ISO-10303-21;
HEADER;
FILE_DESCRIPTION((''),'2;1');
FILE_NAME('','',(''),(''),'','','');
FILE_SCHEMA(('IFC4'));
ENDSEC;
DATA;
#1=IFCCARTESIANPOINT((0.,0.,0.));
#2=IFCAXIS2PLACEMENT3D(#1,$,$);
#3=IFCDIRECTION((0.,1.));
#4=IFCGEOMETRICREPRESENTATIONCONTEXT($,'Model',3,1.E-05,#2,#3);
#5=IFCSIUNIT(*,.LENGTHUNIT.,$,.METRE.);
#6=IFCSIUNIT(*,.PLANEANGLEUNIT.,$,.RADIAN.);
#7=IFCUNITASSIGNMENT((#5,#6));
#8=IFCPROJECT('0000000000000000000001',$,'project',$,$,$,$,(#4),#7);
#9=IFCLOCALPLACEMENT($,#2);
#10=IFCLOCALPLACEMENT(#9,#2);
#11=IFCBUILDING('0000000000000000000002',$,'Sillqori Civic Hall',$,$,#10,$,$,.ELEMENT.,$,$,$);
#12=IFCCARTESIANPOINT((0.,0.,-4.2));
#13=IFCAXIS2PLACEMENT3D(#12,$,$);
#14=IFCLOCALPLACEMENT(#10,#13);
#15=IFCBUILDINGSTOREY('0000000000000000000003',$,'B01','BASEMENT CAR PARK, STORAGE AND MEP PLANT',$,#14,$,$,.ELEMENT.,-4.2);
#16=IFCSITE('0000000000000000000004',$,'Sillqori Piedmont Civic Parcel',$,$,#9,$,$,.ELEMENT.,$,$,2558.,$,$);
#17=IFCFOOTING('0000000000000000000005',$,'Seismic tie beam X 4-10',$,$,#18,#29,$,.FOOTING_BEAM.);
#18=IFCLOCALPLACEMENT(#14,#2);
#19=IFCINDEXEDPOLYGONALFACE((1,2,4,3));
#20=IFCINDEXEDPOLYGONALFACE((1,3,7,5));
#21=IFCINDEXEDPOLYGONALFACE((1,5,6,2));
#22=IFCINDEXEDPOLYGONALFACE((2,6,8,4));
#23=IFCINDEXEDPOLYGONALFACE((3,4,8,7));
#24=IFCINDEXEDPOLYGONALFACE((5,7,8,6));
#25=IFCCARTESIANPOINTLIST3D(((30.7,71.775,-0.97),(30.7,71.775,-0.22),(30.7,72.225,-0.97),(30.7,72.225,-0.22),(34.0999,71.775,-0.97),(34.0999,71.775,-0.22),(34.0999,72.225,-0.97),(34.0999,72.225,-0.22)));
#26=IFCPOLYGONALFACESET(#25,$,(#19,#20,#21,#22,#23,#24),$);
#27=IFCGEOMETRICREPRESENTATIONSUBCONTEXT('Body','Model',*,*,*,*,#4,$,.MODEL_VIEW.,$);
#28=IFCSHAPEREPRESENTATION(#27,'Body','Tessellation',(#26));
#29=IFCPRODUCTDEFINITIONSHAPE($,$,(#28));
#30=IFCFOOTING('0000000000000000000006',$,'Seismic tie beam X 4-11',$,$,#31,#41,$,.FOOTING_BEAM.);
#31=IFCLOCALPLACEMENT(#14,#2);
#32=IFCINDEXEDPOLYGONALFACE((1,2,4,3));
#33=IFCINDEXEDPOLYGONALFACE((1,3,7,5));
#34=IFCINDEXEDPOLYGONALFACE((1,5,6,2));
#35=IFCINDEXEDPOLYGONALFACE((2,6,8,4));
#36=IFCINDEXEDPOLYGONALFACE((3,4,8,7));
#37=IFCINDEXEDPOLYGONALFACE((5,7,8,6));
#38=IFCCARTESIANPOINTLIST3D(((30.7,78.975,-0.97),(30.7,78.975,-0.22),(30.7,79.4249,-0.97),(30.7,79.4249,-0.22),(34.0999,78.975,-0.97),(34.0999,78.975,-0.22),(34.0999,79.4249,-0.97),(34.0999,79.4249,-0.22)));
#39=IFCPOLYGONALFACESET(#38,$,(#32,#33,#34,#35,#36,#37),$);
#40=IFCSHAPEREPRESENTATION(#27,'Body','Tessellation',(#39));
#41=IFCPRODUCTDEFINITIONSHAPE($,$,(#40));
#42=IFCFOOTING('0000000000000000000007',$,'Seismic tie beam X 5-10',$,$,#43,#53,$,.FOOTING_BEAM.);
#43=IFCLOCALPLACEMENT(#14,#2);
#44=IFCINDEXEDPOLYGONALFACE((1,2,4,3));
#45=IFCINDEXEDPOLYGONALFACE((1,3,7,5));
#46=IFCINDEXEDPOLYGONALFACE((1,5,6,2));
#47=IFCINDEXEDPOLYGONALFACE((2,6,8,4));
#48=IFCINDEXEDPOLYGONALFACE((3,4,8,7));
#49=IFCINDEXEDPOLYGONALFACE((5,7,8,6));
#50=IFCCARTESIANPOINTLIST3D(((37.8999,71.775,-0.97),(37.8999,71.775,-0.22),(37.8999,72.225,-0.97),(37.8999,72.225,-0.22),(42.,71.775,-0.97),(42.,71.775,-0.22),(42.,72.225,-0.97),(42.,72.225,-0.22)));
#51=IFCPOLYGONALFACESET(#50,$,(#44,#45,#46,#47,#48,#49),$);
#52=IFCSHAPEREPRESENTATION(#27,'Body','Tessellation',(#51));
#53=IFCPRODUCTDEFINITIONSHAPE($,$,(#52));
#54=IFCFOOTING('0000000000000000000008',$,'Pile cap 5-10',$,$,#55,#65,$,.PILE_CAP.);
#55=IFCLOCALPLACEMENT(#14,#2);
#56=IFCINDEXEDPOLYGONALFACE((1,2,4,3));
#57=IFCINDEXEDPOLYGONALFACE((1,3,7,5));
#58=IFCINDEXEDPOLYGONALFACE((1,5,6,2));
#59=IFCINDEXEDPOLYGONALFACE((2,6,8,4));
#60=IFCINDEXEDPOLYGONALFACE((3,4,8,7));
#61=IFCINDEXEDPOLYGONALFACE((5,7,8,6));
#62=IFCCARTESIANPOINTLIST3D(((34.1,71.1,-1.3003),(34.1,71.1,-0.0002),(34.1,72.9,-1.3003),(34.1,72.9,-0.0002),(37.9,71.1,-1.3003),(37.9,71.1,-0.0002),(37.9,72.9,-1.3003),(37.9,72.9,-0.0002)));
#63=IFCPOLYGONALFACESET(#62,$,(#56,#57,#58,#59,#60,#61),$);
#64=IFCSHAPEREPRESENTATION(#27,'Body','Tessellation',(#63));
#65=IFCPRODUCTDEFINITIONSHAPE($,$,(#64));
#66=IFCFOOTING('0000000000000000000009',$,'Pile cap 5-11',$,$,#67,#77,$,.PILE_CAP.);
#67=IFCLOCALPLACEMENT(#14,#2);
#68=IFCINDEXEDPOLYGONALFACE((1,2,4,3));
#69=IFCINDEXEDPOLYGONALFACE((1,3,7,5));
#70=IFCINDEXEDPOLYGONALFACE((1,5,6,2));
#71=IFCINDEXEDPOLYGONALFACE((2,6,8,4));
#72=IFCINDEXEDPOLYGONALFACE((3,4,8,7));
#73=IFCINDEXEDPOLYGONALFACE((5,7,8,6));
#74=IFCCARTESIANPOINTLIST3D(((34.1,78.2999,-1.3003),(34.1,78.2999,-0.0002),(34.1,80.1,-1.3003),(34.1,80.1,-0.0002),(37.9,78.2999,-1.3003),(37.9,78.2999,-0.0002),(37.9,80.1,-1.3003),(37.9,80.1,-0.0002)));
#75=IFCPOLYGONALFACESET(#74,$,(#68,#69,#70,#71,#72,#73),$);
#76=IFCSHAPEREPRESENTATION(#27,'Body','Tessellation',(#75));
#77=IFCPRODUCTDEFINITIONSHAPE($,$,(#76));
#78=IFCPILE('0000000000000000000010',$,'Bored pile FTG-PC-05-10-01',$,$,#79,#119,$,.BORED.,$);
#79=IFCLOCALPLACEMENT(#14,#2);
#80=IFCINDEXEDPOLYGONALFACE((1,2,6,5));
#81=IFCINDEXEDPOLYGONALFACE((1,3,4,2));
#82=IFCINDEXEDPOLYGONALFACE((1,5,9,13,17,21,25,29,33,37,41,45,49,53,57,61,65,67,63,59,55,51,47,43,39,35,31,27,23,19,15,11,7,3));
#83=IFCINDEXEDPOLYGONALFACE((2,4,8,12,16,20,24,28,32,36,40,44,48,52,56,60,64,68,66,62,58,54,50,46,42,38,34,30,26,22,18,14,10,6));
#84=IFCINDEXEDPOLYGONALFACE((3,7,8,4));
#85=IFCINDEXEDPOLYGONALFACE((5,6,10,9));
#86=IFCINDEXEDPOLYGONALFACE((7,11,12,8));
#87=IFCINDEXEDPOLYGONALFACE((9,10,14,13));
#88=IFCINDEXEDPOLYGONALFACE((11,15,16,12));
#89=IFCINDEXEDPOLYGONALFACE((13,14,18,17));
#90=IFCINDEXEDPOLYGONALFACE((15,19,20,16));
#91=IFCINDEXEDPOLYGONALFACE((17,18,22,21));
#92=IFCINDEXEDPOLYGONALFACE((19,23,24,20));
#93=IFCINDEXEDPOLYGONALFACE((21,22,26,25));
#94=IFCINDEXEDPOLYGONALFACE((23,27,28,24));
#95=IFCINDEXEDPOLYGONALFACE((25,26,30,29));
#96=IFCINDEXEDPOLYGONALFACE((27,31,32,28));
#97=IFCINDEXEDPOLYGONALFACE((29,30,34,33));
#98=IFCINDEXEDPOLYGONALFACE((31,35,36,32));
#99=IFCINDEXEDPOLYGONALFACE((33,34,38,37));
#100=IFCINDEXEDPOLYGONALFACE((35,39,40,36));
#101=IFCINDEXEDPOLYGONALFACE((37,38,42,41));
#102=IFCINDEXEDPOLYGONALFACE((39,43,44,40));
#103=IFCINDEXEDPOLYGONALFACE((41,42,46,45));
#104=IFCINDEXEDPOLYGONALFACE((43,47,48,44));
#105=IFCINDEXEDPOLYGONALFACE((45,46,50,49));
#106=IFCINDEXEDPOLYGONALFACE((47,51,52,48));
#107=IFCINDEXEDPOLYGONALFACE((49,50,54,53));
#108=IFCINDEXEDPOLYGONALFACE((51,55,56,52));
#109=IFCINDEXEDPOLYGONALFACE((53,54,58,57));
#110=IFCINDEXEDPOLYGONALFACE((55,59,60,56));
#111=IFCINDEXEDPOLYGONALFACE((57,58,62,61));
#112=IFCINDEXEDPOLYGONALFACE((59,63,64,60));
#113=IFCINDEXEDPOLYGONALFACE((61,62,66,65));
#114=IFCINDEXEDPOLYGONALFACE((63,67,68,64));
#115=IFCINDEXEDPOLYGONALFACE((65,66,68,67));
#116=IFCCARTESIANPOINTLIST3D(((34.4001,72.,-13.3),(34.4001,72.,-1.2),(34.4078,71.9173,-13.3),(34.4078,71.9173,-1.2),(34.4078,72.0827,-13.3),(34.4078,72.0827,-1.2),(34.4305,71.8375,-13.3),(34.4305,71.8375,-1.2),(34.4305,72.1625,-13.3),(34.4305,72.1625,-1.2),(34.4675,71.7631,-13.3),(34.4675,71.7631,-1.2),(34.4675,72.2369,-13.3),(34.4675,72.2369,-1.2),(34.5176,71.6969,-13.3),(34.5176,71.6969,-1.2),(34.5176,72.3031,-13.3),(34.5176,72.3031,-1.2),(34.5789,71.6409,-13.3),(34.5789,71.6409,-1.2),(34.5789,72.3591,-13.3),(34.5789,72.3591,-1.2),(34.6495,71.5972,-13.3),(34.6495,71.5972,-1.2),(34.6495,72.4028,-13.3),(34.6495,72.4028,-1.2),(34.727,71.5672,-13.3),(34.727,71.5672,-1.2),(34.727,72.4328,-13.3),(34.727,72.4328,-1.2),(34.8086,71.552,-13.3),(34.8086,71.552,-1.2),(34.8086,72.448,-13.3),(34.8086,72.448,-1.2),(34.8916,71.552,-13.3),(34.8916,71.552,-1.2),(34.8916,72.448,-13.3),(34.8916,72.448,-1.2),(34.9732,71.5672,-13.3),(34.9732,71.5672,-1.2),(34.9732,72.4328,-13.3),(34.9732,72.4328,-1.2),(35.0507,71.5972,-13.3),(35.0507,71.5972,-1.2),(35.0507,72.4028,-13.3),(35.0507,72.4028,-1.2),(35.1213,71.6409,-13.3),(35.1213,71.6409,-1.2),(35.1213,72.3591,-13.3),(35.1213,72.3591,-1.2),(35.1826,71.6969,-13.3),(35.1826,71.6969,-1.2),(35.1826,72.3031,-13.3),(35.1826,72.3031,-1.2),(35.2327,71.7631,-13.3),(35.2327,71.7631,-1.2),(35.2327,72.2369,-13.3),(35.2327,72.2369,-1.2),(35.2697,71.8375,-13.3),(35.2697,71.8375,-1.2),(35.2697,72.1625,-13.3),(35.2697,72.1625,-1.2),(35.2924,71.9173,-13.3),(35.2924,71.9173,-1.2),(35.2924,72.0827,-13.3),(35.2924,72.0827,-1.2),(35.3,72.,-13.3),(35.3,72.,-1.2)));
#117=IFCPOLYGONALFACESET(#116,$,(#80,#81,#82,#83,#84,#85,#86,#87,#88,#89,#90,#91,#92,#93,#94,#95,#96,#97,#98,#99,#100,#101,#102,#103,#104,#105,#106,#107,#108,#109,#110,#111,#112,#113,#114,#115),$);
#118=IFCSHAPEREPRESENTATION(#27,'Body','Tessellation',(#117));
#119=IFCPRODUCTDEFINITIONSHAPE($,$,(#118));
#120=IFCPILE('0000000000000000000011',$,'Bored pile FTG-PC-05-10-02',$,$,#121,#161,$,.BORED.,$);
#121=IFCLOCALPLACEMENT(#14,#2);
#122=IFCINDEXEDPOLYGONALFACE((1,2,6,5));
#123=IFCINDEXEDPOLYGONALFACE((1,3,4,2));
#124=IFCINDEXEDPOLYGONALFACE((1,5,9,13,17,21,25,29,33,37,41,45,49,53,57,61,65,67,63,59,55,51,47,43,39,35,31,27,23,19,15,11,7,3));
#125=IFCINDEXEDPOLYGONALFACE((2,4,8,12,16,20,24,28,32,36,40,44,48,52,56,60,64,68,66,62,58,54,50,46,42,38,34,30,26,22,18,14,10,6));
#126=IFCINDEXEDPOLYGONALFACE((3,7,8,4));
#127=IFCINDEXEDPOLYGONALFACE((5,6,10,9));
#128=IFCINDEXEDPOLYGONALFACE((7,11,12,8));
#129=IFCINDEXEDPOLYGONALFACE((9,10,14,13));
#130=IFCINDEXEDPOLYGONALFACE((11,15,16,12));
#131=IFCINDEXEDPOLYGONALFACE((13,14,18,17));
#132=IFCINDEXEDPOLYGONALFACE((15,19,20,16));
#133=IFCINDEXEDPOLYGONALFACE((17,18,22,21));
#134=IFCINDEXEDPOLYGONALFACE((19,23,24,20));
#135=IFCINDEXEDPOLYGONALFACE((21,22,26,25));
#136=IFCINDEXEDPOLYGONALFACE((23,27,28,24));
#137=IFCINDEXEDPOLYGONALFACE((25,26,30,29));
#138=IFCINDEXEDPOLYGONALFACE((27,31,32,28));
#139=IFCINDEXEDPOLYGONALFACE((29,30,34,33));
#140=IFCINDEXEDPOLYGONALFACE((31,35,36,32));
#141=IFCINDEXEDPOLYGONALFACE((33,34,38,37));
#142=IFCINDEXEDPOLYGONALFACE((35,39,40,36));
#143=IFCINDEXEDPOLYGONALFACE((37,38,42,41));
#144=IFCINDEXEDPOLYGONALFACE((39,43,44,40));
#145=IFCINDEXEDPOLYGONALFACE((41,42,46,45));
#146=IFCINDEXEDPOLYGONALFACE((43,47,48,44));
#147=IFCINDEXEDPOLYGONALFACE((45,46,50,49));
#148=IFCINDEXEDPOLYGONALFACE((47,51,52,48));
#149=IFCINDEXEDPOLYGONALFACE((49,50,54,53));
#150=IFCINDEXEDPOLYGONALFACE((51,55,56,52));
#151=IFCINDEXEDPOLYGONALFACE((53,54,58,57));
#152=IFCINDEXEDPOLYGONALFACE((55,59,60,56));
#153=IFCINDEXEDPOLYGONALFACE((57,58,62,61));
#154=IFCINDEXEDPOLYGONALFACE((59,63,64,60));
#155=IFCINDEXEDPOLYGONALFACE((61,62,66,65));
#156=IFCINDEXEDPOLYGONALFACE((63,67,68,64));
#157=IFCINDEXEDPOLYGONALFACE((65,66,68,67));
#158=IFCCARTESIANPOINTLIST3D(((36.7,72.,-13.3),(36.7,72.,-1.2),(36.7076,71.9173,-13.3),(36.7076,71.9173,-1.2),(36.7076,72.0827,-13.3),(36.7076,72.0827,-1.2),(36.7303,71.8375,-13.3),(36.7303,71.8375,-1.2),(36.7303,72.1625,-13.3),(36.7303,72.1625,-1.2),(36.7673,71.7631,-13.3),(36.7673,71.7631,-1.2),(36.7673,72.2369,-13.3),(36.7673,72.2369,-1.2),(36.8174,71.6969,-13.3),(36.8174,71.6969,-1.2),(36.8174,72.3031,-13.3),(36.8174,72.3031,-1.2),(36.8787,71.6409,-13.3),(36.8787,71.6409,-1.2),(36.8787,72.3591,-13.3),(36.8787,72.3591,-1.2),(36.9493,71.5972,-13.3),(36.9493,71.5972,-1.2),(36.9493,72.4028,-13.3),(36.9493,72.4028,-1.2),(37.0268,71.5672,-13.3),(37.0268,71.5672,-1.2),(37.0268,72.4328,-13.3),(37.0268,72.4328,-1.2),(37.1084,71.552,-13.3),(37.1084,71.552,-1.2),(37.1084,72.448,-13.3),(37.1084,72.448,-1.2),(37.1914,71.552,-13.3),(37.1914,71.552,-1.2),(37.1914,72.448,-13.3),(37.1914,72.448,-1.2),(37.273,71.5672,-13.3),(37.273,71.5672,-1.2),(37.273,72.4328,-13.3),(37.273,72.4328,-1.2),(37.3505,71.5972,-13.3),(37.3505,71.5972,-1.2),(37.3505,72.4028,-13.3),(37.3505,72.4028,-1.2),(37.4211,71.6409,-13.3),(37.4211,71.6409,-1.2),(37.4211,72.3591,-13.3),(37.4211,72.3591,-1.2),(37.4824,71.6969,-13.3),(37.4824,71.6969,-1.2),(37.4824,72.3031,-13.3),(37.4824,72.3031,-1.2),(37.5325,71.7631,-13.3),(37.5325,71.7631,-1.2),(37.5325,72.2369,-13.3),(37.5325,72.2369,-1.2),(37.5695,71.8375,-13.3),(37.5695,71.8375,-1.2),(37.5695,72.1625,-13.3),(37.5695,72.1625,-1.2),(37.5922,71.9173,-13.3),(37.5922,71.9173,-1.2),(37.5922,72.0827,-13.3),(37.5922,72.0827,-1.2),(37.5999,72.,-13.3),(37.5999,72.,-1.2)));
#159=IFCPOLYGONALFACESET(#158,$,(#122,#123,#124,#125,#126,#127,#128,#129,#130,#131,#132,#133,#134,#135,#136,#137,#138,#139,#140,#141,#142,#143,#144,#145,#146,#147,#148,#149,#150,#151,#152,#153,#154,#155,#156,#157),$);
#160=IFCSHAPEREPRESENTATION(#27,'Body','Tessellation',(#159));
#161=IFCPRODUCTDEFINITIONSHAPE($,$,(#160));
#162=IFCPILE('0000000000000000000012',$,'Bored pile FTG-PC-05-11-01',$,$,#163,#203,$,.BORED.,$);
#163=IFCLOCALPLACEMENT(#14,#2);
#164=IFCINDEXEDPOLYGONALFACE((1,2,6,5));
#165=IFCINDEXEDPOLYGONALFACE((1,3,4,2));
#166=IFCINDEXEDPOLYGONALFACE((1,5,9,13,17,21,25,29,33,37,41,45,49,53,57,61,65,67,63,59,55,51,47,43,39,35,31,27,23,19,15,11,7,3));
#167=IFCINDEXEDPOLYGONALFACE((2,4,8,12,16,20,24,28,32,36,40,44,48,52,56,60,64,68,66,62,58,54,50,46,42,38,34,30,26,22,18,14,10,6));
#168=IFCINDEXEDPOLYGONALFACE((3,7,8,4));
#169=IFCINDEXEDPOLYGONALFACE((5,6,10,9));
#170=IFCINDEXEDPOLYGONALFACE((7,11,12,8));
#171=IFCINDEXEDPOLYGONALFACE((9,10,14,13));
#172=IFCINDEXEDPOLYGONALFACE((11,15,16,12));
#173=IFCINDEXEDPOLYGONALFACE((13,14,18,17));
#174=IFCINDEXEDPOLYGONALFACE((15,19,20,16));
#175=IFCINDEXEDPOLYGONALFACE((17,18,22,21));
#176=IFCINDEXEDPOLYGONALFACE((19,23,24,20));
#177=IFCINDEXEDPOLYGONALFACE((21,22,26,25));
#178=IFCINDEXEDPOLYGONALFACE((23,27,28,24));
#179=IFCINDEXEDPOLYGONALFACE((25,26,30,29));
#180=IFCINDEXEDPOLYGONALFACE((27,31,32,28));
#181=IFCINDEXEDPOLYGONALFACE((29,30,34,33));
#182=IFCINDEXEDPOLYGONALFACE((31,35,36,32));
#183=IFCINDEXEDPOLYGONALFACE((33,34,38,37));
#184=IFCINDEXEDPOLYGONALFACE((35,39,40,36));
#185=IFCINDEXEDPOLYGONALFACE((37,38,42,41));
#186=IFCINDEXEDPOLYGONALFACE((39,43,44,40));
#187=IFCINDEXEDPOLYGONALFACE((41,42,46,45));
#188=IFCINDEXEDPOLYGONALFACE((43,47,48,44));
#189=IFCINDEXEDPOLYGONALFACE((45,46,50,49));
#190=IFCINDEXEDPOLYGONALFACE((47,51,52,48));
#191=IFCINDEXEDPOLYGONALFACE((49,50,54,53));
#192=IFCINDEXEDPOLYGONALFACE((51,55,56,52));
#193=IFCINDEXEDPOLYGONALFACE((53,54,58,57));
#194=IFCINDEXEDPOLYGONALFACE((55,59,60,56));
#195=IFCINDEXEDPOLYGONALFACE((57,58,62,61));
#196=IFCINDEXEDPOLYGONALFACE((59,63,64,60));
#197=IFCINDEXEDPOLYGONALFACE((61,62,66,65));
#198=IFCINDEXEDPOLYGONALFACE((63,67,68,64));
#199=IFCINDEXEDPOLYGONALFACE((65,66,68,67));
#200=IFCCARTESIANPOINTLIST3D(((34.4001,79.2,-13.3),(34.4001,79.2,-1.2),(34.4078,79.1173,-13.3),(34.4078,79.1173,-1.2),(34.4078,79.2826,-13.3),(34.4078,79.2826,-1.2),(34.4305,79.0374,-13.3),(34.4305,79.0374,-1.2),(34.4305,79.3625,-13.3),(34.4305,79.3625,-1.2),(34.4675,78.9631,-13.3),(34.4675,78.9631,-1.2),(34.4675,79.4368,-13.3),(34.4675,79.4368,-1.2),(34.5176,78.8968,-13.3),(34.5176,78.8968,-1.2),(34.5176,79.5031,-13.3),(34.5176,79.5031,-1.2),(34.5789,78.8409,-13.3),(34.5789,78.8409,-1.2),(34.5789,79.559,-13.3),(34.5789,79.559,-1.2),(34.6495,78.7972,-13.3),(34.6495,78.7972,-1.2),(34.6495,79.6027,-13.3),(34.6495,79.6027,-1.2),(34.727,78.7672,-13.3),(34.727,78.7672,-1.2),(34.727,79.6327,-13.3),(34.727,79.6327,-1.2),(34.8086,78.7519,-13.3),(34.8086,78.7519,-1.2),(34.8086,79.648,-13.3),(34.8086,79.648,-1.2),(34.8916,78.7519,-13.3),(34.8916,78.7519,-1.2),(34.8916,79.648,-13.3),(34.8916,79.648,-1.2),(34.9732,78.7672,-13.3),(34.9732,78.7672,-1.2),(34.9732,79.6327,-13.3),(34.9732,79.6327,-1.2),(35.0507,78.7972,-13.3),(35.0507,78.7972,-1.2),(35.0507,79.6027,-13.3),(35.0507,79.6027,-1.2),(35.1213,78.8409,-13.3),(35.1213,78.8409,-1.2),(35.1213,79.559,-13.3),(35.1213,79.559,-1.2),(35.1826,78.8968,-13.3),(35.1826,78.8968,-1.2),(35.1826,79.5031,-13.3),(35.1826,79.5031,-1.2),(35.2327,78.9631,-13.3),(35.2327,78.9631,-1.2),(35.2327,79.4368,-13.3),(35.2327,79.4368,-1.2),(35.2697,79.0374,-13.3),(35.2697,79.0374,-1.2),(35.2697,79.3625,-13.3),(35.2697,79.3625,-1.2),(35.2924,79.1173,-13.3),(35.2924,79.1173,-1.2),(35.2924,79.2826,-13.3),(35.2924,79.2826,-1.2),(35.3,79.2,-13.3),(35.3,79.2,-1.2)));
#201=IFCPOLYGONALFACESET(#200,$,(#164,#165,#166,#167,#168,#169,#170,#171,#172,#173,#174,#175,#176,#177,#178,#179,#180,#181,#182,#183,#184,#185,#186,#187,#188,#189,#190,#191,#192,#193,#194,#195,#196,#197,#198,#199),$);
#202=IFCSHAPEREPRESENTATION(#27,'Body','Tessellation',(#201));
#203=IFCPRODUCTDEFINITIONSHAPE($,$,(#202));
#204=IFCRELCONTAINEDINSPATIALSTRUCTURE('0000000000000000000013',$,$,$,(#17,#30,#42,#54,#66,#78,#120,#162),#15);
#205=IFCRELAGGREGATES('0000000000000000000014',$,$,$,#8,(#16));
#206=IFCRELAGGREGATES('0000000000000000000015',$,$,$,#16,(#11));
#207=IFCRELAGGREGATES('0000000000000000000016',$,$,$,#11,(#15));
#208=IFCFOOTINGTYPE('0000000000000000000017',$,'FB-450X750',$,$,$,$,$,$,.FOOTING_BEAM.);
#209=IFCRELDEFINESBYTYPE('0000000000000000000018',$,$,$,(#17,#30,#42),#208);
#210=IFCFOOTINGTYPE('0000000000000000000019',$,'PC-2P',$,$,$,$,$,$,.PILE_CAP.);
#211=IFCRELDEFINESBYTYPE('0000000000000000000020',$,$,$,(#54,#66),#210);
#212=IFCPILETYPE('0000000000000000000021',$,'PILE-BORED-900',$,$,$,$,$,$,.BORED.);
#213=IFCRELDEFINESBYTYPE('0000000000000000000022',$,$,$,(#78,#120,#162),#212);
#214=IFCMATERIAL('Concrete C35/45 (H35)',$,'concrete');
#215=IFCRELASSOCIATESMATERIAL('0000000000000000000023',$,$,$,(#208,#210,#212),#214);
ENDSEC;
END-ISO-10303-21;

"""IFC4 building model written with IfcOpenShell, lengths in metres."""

from ifc_helpers import new_model, si_unit, direction, frame, origin, origin_2d, place, context, subcontext, project, spatial, rectangle, circle, extrude, material, material_profile, profile_set, type_object, element, save


model = new_model("IFC4")

# Units and contexts
model_context = context("Model", 3, precision=1e-05, world=origin(), true_north=direction((0.0, 1.0)))
body_context = subcontext(model_context, "Body", "Model", "MODEL_VIEW")
ifc_project = project(units=[si_unit("LENGTHUNIT", "METRE"), si_unit("PLANEANGLEUNIT", "RADIAN")], contexts=[model_context])

# Site, building, storey
site_placement = place(None, origin())
site = spatial("IfcSite", under=ifc_project, at=site_placement, Name="Sillqori Piedmont Civic Parcel", CompositionType="ELEMENT", RefElevation=2558.0)
building_placement = place(site_placement, origin())
building = spatial("IfcBuilding", under=site, at=building_placement, Name="Sillqori Civic Hall", CompositionType="ELEMENT")
storey_placement = place(building_placement, frame((0.0, 0.0, -4.2)))
storey = spatial("IfcBuildingStorey", under=building, at=storey_placement, Name="B01", Description="BASEMENT CAR PARK, STORAGE AND MEP PLANT", CompositionType="ELEMENT", Elevation=-4.2)

# Footings
ifc_material_1 = material(Name="Concrete C35/45 (H35)", Category="concrete")
footing_type_1 = type_object("IfcFootingType", Name="FB-450X750", PredefinedType="FOOTING_BEAM", material=ifc_material_1)
for number, where, z_axis, x_axis, name in (
    (1, (32.3999, 72.0, -0.97), (0.0, 0.0, 1.0), (1.0, 0.0, 0.0), "Seismic tie beam X 4-10"),
    (2, (32.3999, 79.2, -0.97), (0.0, 0.0, 1.0), (1.0, 0.0, 0.0), "Seismic tie beam X 4-11"),
):
    element("IfcFooting", number, at=place(storey_placement, frame(where, z_axis=z_axis, x_axis=x_axis)), inside=storey, type_object=footing_type_1, Name=name, PredefinedType="FOOTING_BEAM", context=body_context, shape_type="SweptSolid", body=[
        extrude(rectangle(XDim=3.3999, YDim=0.45, at=origin_2d()), origin(), (0.0, 0.0, 1.0), 0.75),
    ])
footing_1_placement = place(storey_placement, frame((39.95, 72.0, -0.97), z_axis=(0.0, 0.0, 1.0), x_axis=(1.0, 0.0, 0.0)))
element("IfcFooting", 3, at=footing_1_placement, inside=storey, type_object=footing_type_1, Name="Seismic tie beam X 5-10", PredefinedType="FOOTING_BEAM", context=body_context, shape_type="SweptSolid", body=[
    extrude(rectangle(XDim=4.1001, YDim=0.45, at=origin_2d()), origin(), (0.0, 0.0, 1.0), 0.75),
])
footing_type_2 = type_object("IfcFootingType", Name="PC-2P", PredefinedType="PILE_CAP", material=ifc_material_1)
for number, where, z_axis, x_axis, name in (
    (4, (36.0, 72.0, -1.3003), (0.0, 0.0, 1.0), (1.0, 0.0, 0.0), "Pile cap 5-10"),
    (5, (36.0, 79.2, -1.3003), (0.0, 0.0, 1.0), (1.0, 0.0, 0.0), "Pile cap 5-11"),
):
    element("IfcFooting", number, at=place(storey_placement, frame(where, z_axis=z_axis, x_axis=x_axis)), inside=storey, type_object=footing_type_2, Name=name, PredefinedType="PILE_CAP", context=body_context, shape_type="SweptSolid", body=[
        extrude(rectangle(XDim=3.8, YDim=1.8, at=origin_2d()), origin(), (0.0, 0.0, 1.0), 1.3),
    ])

# Piles
ifc_material_profile_1 = material_profile(ifc_material_1, circle(Radius=0.45, at=origin_2d()), Name="BORED PILE 900")
ifc_profile_set_1 = profile_set([ifc_material_profile_1], Name="Concrete C35/45 (H35)")
pile_type = type_object("IfcPileType", Name="PILE-BORED-900", PredefinedType="BORED", material=ifc_profile_set_1)
for number, where, z_axis, x_axis, name in (
    (6, (34.8501, 72.0, -1.2), (0.0, 0.0, -1.0), (1.0, 0.0, 0.0), "Bored pile FTG-PC-05-10-01"),
    (7, (37.1499, 72.0, -1.2), (0.0, 0.0, -1.0), (1.0, 0.0, 0.0), "Bored pile FTG-PC-05-10-02"),
    (8, (34.8501, 79.2, -1.2), (0.0, 0.0, -1.0), (1.0, 0.0, 0.0), "Bored pile FTG-PC-05-11-01"),
):
    element("IfcPile", number, at=place(storey_placement, frame(where, z_axis=z_axis, x_axis=x_axis)), inside=storey, type_object=pile_type, Name=name, PredefinedType="BORED", context=body_context, shape_type="SweptSolid", body=[
        extrude(circle(Radius=0.45, at=origin_2d()), origin(), (0.0, 0.0, 1.0), 12.1001),
    ])

save(model, "model.ifc")
